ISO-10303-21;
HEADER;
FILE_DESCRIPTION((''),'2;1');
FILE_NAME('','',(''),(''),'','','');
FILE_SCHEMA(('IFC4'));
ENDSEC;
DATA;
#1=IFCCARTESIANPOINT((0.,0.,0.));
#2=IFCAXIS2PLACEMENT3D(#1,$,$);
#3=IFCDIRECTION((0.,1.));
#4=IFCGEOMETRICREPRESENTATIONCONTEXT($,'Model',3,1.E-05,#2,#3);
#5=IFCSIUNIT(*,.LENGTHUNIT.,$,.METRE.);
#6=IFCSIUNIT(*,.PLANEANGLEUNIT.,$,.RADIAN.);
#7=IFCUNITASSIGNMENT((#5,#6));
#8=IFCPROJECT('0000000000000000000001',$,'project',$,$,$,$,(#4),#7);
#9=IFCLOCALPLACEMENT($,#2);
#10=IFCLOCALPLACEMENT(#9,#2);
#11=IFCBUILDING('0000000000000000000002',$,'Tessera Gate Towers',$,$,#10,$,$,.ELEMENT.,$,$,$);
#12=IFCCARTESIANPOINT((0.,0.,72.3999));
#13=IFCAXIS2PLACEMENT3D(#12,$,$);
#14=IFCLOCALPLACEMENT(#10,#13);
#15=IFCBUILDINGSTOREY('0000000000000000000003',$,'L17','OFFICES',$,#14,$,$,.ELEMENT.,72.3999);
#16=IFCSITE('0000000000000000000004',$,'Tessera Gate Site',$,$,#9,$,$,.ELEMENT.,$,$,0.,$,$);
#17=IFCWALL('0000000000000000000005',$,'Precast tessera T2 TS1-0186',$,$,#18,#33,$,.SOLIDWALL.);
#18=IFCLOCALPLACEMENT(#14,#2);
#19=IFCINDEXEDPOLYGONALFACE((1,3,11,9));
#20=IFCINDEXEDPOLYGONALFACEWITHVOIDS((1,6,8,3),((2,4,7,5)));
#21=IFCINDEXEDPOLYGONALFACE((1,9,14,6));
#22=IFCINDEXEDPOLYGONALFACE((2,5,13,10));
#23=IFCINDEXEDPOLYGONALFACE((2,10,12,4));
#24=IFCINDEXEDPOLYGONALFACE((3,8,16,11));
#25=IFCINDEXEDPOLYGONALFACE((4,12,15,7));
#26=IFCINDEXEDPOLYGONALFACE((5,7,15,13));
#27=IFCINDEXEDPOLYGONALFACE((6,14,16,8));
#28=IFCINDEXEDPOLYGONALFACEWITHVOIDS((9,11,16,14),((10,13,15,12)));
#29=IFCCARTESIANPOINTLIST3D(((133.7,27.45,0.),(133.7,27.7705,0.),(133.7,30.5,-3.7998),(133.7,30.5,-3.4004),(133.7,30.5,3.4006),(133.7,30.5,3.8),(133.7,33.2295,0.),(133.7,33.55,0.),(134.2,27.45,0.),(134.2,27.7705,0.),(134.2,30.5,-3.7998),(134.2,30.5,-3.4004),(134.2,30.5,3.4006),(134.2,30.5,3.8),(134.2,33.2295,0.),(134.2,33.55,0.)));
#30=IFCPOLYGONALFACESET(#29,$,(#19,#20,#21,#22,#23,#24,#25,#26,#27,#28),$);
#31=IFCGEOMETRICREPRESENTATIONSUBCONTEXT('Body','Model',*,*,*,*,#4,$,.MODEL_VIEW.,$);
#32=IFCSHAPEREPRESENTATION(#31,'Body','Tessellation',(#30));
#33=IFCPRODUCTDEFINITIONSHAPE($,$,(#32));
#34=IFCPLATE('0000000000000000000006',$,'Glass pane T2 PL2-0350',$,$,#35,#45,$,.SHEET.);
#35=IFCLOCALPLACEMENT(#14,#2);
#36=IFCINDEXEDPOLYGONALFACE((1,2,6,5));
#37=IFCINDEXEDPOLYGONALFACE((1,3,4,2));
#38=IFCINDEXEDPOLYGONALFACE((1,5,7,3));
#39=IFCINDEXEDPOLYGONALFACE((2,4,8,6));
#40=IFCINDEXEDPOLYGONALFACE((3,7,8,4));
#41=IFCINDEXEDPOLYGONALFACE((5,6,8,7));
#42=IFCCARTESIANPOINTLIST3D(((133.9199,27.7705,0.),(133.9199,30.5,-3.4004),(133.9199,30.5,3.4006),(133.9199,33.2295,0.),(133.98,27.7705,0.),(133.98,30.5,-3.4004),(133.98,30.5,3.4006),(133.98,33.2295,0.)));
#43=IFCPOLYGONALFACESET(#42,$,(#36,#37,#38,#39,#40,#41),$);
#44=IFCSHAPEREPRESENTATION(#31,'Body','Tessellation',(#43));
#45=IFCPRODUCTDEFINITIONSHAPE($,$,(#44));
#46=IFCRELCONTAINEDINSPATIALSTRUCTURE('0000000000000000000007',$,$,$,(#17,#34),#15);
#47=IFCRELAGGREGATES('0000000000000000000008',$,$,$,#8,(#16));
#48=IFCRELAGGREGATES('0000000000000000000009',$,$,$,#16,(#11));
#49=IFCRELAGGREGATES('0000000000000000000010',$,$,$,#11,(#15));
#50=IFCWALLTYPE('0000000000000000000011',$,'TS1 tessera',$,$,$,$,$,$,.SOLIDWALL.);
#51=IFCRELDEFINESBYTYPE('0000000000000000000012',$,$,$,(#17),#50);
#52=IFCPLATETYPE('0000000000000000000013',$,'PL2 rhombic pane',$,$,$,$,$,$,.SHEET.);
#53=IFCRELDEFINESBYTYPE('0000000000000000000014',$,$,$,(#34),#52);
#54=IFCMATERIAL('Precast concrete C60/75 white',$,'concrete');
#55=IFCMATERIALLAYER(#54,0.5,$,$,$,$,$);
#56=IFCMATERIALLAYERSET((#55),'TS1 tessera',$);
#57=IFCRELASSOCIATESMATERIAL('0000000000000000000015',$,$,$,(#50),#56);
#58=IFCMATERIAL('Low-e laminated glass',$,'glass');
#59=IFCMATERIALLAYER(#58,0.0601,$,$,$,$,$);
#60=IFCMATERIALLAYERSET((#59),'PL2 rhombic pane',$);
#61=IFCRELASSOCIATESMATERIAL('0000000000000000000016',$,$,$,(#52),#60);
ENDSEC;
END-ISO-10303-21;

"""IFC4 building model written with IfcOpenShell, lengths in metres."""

from ifc_helpers import new_model, si_unit, direction, frame, origin, place, context, subcontext, project, spatial, polyline, outline, extrude, source, transform, mapped, material, layer, layer_set, type_object, element, fill, save


model = new_model("IFC4")

# Units and contexts
model_context = context("Model", 3, precision=1e-05, world=origin(), true_north=direction((0.0, 1.0)))
body_context = subcontext(model_context, "Body", "Model", "MODEL_VIEW")
ifc_project = project(units=[si_unit("LENGTHUNIT", "METRE"), si_unit("PLANEANGLEUNIT", "RADIAN")], contexts=[model_context])

# Site, building, storey
site_placement = place(None, origin())
site = spatial("IfcSite", under=ifc_project, at=site_placement, Name="Tessera Gate Site", CompositionType="ELEMENT", RefElevation=0.0)
building_placement = place(site_placement, origin())
building = spatial("IfcBuilding", under=site, at=building_placement, Name="Tessera Gate Towers", CompositionType="ELEMENT")
storey_placement = place(building_placement, frame((0.0, 0.0, 72.3999)))
storey = spatial("IfcBuildingStorey", under=building, at=storey_placement, Name="L17", Description="OFFICES", CompositionType="ELEMENT", Elevation=72.3999)

# Wall, opening, plate
ifc_material_1 = material(Name="Precast concrete C60/75 white", Category="concrete")
ifc_layer_1 = layer(ifc_material_1, 0.5)
ifc_layer_set_1 = layer_set([ifc_layer_1], Name="TS1 tessera")
wall_type_1 = type_object("IfcWallType", Name="TS1 tessera", PredefinedType="SOLIDWALL", material=ifc_layer_set_1)
shared_shape_1 = source(origin(), body_context, "Body", "SweptSolid", [
    extrude(outline(polyline([(3.05, 0.0), (6.1001, 3.7998), (3.05, 7.5999), (0.0, 3.7998), (3.05, 0.0)])), frame((0.0, 0.25, 0.0), z_axis=(0.0, -1.0, 0.0), x_axis=(1.0, 0.0, 0.0)), (0.0, 0.0, 1.0), 0.5),
])
wall_1_placement = place(storey_placement, frame((133.95, 27.45, -3.7998), z_axis=(0.0, 0.0, 1.0), x_axis=(0.0, 1.0, 0.0)))
wall_1 = element("IfcWall", 1, at=wall_1_placement, inside=storey, type_object=wall_type_1, Name="Precast tessera T2 TS1-0186", PredefinedType="SOLIDWALL", context=body_context, shape_type="MappedRepresentation", body=[
    mapped(shared_shape_1, transform((0.0, 0.0, 0.0), scale=1.0)),
])
shared_shape_2 = source(origin(), body_context, "Body", "SweptSolid", [
    extrude(outline(polyline([(3.05, 0.3994), (5.7795, 3.7998), (3.05, 7.2004), (0.3206, 3.7998), (3.05, 0.3994)])), frame((0.0, 0.26, 0.0), z_axis=(0.0, -1.0, 0.0), x_axis=(1.0, 0.0, 0.0)), (0.0, 0.0, 1.0), 0.52),
])
opening_1_placement = place(wall_1_placement, origin())
opening_1 = element("IfcOpeningElement", 2, at=opening_1_placement, cuts=wall_1, PredefinedType="OPENING", context=body_context, shape_type="MappedRepresentation", body=[
    mapped(shared_shape_2, transform((0.0, 0.0, 0.0), scale=1.0)),
])
ifc_material_2 = material(Name="Low-e laminated glass", Category="glass")
ifc_layer_2 = layer(ifc_material_2, 0.0601)
ifc_layer_set_2 = layer_set([ifc_layer_2], Name="PL2 rhombic pane")
plate_type = type_object("IfcPlateType", Name="PL2 rhombic pane", PredefinedType="SHEET", material=ifc_layer_set_2)
shared_shape_3 = source(origin(), body_context, "Body", "SweptSolid", [
    extrude(outline(polyline([(3.05, 0.3994), (5.7795, 3.7998), (3.05, 7.2004), (0.3206, 3.7998), (3.05, 0.3994)])), frame((0.0, 0.03, 0.0), z_axis=(0.0, -1.0, 0.0), x_axis=(1.0, 0.0, 0.0)), (0.0, 0.0, 1.0), 0.0601),
])
plate_placement = place(opening_1_placement, origin())
plate = element("IfcPlate", 3, at=plate_placement, inside=storey, type_object=plate_type, Name="Glass pane T2 PL2-0350", PredefinedType="SHEET", context=body_context, shape_type="MappedRepresentation", body=[
    mapped(shared_shape_3, transform((0.0, 0.0, 0.0), scale=1.0)),
])
fill(opening_1, plate)

save(model, "model.ifc")
